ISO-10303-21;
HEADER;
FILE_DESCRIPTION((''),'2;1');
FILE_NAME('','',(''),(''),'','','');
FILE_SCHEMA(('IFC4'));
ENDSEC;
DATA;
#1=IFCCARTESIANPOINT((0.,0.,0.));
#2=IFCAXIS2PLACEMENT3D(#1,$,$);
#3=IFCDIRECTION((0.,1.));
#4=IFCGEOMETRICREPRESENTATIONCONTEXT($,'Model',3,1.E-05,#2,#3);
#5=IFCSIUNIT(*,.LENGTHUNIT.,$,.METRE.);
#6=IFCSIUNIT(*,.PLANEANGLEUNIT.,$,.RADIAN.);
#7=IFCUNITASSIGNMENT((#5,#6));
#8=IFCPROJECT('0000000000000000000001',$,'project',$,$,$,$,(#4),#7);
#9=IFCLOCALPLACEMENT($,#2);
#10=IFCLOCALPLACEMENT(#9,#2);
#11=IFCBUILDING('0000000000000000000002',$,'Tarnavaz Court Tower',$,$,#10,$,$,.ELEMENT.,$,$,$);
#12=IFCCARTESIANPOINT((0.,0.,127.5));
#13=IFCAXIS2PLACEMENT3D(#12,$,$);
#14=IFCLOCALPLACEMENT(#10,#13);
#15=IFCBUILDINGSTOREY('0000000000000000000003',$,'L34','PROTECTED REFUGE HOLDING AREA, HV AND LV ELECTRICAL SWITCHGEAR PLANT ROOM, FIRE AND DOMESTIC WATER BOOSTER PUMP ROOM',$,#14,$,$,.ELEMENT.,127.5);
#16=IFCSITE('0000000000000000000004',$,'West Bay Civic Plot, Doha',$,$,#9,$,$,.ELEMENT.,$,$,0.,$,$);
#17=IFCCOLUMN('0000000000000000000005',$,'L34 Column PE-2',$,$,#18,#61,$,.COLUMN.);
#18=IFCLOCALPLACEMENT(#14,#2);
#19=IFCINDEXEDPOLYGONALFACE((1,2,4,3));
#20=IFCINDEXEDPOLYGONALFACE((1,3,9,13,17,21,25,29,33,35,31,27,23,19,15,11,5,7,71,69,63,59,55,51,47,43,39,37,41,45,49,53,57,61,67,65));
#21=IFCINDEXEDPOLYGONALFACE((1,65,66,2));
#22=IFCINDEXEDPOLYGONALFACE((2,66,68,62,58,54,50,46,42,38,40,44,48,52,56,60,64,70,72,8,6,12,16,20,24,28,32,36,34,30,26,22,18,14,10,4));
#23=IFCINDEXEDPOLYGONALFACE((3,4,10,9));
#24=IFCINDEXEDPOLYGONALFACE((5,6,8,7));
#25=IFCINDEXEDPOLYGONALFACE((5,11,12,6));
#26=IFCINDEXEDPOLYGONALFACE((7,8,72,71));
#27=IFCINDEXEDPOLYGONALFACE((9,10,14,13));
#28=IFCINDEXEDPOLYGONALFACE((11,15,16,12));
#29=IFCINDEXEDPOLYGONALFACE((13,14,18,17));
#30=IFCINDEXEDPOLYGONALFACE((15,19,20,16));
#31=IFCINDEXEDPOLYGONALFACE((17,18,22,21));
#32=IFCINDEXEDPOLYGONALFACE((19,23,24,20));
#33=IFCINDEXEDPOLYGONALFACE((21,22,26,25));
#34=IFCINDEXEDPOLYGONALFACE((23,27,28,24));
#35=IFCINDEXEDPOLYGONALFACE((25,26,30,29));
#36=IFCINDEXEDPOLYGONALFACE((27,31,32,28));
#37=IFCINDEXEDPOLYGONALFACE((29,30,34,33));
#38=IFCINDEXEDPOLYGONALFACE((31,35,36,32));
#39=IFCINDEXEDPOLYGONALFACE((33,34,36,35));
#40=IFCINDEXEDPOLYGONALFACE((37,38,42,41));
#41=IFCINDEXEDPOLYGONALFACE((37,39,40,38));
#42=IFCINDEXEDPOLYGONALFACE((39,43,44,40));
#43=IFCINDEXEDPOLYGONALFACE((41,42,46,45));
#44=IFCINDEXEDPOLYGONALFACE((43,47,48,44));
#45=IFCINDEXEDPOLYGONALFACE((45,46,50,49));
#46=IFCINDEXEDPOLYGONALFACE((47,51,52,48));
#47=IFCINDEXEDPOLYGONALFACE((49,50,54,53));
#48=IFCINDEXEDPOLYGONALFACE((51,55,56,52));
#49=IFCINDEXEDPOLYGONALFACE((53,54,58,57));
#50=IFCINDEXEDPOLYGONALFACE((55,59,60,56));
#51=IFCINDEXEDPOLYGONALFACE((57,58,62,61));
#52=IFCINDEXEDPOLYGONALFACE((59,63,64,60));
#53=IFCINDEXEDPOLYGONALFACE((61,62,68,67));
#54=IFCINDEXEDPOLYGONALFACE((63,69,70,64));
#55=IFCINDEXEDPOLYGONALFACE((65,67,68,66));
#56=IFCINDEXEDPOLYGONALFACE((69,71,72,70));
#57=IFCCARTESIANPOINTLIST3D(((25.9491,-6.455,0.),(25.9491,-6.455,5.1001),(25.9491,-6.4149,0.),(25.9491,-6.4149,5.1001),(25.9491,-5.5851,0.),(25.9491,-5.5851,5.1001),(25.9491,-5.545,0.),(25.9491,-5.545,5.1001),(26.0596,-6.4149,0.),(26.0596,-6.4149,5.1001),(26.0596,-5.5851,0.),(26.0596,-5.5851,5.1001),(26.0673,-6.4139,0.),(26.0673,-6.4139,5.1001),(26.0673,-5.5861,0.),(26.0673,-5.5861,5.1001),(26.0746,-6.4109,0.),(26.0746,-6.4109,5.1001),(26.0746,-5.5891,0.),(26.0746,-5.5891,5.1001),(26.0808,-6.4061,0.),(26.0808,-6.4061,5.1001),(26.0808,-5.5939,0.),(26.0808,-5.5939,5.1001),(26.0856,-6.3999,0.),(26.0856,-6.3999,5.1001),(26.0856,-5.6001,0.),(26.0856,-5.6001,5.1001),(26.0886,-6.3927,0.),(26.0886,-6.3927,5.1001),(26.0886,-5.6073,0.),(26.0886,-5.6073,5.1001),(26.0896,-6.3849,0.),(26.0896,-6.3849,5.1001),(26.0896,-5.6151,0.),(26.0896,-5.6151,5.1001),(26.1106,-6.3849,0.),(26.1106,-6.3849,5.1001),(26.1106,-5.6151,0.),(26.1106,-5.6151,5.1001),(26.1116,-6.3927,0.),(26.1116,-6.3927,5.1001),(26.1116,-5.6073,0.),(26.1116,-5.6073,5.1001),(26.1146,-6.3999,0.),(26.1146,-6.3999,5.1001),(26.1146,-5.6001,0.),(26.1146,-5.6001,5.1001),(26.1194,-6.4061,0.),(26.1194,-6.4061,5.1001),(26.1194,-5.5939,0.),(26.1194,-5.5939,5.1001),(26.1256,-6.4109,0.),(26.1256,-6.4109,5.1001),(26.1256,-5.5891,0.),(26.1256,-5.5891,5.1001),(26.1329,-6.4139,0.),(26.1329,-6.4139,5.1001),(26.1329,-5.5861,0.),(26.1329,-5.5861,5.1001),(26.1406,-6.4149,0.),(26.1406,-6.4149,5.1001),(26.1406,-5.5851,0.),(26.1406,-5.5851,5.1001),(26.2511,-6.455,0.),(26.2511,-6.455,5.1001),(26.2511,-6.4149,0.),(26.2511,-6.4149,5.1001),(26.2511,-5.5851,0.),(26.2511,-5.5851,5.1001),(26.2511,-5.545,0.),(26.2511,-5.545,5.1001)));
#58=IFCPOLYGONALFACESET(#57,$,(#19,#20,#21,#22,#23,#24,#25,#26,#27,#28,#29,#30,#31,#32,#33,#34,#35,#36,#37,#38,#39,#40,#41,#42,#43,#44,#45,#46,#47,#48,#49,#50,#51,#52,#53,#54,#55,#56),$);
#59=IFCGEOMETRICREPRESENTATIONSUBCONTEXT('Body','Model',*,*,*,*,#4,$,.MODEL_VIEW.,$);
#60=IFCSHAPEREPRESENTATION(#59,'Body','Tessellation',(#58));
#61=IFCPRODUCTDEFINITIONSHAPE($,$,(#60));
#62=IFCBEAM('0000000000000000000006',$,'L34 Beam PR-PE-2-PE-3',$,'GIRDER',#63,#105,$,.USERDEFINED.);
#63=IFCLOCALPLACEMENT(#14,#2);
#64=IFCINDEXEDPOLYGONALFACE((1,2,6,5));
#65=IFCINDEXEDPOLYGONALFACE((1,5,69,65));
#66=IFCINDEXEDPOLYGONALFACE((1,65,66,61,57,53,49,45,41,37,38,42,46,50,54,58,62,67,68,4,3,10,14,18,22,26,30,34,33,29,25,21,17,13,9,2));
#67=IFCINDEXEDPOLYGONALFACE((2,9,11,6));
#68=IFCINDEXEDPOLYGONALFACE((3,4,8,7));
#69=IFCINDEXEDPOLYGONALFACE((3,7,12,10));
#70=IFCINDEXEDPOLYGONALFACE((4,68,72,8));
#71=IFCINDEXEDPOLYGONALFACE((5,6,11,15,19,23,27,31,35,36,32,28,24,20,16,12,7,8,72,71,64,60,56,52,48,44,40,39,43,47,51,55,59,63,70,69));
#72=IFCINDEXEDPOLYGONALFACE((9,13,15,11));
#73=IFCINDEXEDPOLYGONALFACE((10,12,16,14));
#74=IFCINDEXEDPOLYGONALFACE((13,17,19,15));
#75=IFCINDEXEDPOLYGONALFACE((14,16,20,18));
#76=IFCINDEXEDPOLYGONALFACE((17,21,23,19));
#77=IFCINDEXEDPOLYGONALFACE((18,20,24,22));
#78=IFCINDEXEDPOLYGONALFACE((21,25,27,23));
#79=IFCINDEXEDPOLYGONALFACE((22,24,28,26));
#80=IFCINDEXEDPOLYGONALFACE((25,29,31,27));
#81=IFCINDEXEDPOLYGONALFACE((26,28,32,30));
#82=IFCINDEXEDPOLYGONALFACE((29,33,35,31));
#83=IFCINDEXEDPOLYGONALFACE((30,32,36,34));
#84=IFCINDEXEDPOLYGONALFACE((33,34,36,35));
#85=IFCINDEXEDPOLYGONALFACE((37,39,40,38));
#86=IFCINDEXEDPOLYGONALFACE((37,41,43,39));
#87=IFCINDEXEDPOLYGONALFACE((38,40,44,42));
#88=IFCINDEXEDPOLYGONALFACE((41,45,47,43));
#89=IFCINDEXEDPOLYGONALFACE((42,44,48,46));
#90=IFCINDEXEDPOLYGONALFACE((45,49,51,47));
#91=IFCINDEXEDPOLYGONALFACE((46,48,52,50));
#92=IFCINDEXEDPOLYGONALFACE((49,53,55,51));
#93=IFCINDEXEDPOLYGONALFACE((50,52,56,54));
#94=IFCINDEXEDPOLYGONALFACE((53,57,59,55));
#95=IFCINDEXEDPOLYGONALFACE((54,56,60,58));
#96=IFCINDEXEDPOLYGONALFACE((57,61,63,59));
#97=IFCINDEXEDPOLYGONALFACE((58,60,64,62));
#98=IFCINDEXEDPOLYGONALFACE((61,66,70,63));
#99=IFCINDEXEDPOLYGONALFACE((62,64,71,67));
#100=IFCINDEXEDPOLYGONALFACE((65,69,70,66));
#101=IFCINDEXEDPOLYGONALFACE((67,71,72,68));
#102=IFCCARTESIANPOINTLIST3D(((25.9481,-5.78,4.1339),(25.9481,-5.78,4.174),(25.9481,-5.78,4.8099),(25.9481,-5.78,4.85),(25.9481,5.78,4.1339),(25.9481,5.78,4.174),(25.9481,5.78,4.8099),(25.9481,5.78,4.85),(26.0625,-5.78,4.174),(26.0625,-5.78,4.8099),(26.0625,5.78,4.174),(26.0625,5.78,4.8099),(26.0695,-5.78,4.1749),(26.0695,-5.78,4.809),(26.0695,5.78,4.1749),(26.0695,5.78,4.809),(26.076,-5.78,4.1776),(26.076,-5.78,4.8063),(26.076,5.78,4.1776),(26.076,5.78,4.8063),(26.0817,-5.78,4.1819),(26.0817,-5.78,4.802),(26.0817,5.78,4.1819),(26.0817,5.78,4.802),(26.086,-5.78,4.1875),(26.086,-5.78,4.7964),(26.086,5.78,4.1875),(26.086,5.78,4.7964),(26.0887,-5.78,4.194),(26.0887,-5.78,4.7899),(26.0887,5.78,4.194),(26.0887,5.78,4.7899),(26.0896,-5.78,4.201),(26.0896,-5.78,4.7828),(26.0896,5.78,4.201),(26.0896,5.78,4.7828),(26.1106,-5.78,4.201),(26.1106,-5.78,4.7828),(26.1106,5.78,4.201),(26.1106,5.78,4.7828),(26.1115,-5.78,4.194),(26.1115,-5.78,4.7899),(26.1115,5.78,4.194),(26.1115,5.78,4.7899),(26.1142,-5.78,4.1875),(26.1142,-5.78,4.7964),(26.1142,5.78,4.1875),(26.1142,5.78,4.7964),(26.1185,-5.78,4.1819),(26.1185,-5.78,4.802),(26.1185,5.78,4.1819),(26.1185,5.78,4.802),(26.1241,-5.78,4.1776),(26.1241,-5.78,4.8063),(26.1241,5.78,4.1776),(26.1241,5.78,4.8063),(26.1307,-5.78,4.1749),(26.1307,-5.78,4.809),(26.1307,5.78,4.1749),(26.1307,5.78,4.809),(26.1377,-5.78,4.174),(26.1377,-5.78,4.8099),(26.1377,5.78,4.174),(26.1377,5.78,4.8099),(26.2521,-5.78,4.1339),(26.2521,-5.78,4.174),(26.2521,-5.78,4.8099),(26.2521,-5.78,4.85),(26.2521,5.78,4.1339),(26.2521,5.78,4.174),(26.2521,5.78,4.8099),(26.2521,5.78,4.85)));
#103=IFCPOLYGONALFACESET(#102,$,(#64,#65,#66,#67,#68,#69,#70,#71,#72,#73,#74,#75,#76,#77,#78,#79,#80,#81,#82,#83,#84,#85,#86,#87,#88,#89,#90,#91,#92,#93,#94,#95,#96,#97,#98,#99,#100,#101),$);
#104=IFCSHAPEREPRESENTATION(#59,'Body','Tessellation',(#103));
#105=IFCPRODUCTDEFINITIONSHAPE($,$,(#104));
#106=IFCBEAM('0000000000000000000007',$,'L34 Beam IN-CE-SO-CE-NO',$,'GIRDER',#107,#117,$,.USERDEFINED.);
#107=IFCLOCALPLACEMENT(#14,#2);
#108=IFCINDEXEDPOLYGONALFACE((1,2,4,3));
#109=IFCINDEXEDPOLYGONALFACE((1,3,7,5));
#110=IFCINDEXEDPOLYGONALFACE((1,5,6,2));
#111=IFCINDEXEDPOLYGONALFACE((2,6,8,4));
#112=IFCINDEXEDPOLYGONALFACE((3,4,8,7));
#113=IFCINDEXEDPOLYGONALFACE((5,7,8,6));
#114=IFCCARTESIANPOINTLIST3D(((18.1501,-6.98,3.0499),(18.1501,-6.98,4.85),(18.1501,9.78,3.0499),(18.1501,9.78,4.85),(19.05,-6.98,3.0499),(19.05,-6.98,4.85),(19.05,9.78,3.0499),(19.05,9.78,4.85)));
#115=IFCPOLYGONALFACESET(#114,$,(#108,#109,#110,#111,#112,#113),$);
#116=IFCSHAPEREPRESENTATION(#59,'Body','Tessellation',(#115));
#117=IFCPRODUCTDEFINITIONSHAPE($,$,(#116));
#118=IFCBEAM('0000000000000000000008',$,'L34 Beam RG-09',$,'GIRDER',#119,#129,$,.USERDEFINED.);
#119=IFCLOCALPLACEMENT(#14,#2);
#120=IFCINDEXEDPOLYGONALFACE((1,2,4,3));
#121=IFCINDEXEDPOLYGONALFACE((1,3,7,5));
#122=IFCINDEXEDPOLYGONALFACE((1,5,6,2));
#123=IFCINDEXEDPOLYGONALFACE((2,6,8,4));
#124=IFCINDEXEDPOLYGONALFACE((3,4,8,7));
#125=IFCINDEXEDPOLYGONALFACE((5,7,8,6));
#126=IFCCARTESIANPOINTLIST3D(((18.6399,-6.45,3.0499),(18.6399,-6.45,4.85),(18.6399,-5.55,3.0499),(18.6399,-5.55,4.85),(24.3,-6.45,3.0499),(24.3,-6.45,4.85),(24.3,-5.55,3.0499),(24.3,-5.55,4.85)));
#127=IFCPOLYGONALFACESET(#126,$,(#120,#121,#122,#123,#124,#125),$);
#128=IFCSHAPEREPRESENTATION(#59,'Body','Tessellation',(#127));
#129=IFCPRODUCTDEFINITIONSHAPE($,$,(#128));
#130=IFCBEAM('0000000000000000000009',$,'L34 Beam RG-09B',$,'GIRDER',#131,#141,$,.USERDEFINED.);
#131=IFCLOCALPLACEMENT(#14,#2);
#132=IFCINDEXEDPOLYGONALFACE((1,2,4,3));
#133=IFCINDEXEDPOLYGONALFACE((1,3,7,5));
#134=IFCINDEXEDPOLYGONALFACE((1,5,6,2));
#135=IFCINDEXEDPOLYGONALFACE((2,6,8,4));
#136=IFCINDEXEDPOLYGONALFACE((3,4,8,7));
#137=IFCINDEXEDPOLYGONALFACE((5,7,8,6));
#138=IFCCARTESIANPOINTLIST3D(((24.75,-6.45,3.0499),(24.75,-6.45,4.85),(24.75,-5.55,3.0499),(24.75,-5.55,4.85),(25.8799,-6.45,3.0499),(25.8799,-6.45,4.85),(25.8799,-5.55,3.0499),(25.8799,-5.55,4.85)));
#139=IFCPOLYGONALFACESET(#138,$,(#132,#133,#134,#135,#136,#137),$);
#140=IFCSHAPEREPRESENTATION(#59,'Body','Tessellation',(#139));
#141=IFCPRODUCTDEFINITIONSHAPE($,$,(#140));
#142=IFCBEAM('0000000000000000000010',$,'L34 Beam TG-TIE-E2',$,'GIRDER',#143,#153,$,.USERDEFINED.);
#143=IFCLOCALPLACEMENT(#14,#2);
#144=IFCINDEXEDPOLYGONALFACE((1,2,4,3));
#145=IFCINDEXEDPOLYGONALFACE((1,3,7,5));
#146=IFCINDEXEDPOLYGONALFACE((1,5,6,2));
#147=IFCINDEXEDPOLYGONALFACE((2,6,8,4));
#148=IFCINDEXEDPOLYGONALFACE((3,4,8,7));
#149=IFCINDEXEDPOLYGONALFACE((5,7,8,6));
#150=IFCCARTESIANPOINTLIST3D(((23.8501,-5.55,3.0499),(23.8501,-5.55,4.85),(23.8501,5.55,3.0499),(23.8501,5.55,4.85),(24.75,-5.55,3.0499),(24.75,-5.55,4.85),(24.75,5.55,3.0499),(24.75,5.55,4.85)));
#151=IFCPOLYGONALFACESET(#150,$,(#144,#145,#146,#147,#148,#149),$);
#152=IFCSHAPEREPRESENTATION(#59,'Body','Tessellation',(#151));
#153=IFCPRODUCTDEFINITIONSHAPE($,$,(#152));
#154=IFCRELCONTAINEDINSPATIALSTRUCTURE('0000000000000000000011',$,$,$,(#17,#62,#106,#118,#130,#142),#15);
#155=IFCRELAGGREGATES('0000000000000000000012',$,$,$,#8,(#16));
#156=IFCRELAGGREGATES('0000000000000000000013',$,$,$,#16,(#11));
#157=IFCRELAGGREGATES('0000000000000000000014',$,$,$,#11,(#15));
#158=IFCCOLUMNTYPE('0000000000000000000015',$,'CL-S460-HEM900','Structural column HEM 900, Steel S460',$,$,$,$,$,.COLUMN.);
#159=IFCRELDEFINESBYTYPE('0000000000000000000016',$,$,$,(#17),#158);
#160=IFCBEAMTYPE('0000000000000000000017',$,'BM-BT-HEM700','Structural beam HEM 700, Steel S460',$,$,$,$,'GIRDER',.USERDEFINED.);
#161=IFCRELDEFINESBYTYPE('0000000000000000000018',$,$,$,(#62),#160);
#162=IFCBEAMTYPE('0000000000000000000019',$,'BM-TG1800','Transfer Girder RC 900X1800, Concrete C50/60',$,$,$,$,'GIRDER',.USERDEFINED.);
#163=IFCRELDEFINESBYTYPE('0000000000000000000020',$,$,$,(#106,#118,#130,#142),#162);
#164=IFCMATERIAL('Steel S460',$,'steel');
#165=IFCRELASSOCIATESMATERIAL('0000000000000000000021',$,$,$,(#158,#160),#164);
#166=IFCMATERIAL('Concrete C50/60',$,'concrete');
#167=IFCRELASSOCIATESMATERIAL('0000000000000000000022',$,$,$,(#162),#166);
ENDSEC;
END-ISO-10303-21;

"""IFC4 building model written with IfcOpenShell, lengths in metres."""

from ifc_helpers import new_model, si_unit, direction, frame, origin, origin_2d, place, context, subcontext, project, spatial, rectangle, i_section, extrude, material, material_profile, profile_set, type_object, element, save


model = new_model("IFC4")

# Units and contexts
model_context = context("Model", 3, precision=1e-05, world=origin(), true_north=direction((0.0, 1.0)))
body_context = subcontext(model_context, "Body", "Model", "MODEL_VIEW")
ifc_project = project(units=[si_unit("LENGTHUNIT", "METRE"), si_unit("PLANEANGLEUNIT", "RADIAN")], contexts=[model_context])

# Site, building, storey
site_placement = place(None, origin())
site = spatial("IfcSite", under=ifc_project, at=site_placement, Name="West Bay Civic Plot, Doha", CompositionType="ELEMENT", RefElevation=0.0)
building_placement = place(site_placement, origin())
building = spatial("IfcBuilding", under=site, at=building_placement, Name="Tarnavaz Court Tower", CompositionType="ELEMENT")
storey_placement = place(building_placement, frame((0.0, 0.0, 127.5)))
storey = spatial("IfcBuildingStorey", under=building, at=storey_placement, Name="L34", Description="PROTECTED REFUGE HOLDING AREA, HV AND LV ELECTRICAL SWITCHGEAR PLANT ROOM, FIRE AND DOMESTIC WATER BOOSTER PUMP ROOM", CompositionType="ELEMENT", Elevation=127.5)

# Column
ifc_material_1 = material(Name="Steel S460", Category="steel")
ifc_material_profile_1 = material_profile(ifc_material_1, i_section(OverallWidth=0.302, OverallDepth=0.9099, WebThickness=0.021, FlangeThickness=0.04, FilletRadius=0.03, at=origin_2d()), Name="HEM 900")
ifc_profile_set_1 = profile_set([ifc_material_profile_1], Name="Steel S460")
column_type = type_object("IfcColumnType", Name="CL-S460-HEM900", Description="Structural column HEM 900, Steel S460", PredefinedType="COLUMN", material=ifc_profile_set_1)
column_placement = place(storey_placement, frame((26.1001, -6.0, 0.0), z_axis=(0.0, 0.0, 1.0), x_axis=(1.0, 0.0, 0.0)))
element("IfcColumn", 1, at=column_placement, inside=storey, type_object=column_type, Name="L34 Column PE-2", PredefinedType="COLUMN", context=body_context, shape_type="SweptSolid", body=[
    extrude(i_section(OverallWidth=0.302, OverallDepth=0.9099, WebThickness=0.021, FlangeThickness=0.04, FilletRadius=0.03, at=origin_2d()), origin(), (0.0, 0.0, 1.0), 5.1001),
])

# Beams
ifc_material_profile_2 = material_profile(ifc_material_1, i_section(OverallWidth=0.304, OverallDepth=0.7161, WebThickness=0.021, FlangeThickness=0.04, FilletRadius=0.0271, at=origin_2d()), Name="HEM 700")
ifc_profile_set_2 = profile_set([ifc_material_profile_2], Name="Steel S460")
beam_type_1 = type_object("IfcBeamType", Name="BM-BT-HEM700", Description="Structural beam HEM 700, Steel S460", ElementType="GIRDER", PredefinedType="USERDEFINED", material=ifc_profile_set_2)
beam_1_placement = place(storey_placement, frame((26.1001, -5.78, 4.4919), z_axis=(0.0, 1.0, 0.0), x_axis=(-1.0, 0.0, 0.0)))
element("IfcBeam", 2, at=beam_1_placement, inside=storey, type_object=beam_type_1, Name="L34 Beam PR-PE-2-PE-3", ObjectType="GIRDER", PredefinedType="USERDEFINED", context=body_context, shape_type="SweptSolid", body=[
    extrude(i_section(OverallWidth=0.304, OverallDepth=0.7161, WebThickness=0.021, FlangeThickness=0.04, FilletRadius=0.0271, at=origin_2d()), origin(), (0.0, 0.0, 1.0), 11.5601),
])
ifc_material_2 = material(Name="Concrete C50/60", Category="concrete")
ifc_material_profile_3 = material_profile(ifc_material_2, rectangle(XDim=0.8999, YDim=1.8, at=origin_2d()), Name="RC 900X1800")
ifc_profile_set_3 = profile_set([ifc_material_profile_3], Name="Concrete C50/60")
beam_type_2 = type_object("IfcBeamType", Name="BM-TG1800", Description="Transfer Girder RC 900X1800, Concrete C50/60", ElementType="GIRDER", PredefinedType="USERDEFINED", material=ifc_profile_set_3)
beam_2_placement = place(storey_placement, frame((18.6001, -6.98, 3.95), z_axis=(0.0, 1.0, 0.0), x_axis=(-1.0, 0.0, 0.0)))
element("IfcBeam", 3, at=beam_2_placement, inside=storey, type_object=beam_type_2, Name="L34 Beam IN-CE-SO-CE-NO", ObjectType="GIRDER", PredefinedType="USERDEFINED", context=body_context, shape_type="SweptSolid", body=[
    extrude(rectangle(XDim=0.8999, YDim=1.8, at=origin_2d()), origin(), (0.0, 0.0, 1.0), 16.76),
])
beam_3_placement = place(storey_placement, frame((18.6399, -6.0, 3.95), z_axis=(1.0, 0.0, 0.0), x_axis=(0.0, 1.0, 0.0)))
element("IfcBeam", 4, at=beam_3_placement, inside=storey, type_object=beam_type_2, Name="L34 Beam RG-09", ObjectType="GIRDER", PredefinedType="USERDEFINED", context=body_context, shape_type="SweptSolid", body=[
    extrude(rectangle(XDim=0.8999, YDim=1.8, at=origin_2d()), origin(), (0.0, 0.0, 1.0), 5.6602),
])
beam_4_placement = place(storey_placement, frame((24.75, -6.0, 3.95), z_axis=(1.0, 0.0, 0.0), x_axis=(0.0, 1.0, 0.0)))
element("IfcBeam", 5, at=beam_4_placement, inside=storey, type_object=beam_type_2, Name="L34 Beam RG-09B", ObjectType="GIRDER", PredefinedType="USERDEFINED", context=body_context, shape_type="SweptSolid", body=[
    extrude(rectangle(XDim=0.8999, YDim=1.8, at=origin_2d()), origin(), (0.0, 0.0, 1.0), 1.1299),
])
beam_5_placement = place(storey_placement, frame((24.3, -5.55, 3.95), z_axis=(0.0, 1.0, 0.0), x_axis=(-1.0, 0.0, 0.0)))
element("IfcBeam", 6, at=beam_5_placement, inside=storey, type_object=beam_type_2, Name="L34 Beam TG-TIE-E2", ObjectType="GIRDER", PredefinedType="USERDEFINED", context=body_context, shape_type="SweptSolid", body=[
    extrude(rectangle(XDim=0.8999, YDim=1.8, at=origin_2d()), origin(), (0.0, 0.0, 1.0), 11.1001),
])

save(model, "model.ifc")
